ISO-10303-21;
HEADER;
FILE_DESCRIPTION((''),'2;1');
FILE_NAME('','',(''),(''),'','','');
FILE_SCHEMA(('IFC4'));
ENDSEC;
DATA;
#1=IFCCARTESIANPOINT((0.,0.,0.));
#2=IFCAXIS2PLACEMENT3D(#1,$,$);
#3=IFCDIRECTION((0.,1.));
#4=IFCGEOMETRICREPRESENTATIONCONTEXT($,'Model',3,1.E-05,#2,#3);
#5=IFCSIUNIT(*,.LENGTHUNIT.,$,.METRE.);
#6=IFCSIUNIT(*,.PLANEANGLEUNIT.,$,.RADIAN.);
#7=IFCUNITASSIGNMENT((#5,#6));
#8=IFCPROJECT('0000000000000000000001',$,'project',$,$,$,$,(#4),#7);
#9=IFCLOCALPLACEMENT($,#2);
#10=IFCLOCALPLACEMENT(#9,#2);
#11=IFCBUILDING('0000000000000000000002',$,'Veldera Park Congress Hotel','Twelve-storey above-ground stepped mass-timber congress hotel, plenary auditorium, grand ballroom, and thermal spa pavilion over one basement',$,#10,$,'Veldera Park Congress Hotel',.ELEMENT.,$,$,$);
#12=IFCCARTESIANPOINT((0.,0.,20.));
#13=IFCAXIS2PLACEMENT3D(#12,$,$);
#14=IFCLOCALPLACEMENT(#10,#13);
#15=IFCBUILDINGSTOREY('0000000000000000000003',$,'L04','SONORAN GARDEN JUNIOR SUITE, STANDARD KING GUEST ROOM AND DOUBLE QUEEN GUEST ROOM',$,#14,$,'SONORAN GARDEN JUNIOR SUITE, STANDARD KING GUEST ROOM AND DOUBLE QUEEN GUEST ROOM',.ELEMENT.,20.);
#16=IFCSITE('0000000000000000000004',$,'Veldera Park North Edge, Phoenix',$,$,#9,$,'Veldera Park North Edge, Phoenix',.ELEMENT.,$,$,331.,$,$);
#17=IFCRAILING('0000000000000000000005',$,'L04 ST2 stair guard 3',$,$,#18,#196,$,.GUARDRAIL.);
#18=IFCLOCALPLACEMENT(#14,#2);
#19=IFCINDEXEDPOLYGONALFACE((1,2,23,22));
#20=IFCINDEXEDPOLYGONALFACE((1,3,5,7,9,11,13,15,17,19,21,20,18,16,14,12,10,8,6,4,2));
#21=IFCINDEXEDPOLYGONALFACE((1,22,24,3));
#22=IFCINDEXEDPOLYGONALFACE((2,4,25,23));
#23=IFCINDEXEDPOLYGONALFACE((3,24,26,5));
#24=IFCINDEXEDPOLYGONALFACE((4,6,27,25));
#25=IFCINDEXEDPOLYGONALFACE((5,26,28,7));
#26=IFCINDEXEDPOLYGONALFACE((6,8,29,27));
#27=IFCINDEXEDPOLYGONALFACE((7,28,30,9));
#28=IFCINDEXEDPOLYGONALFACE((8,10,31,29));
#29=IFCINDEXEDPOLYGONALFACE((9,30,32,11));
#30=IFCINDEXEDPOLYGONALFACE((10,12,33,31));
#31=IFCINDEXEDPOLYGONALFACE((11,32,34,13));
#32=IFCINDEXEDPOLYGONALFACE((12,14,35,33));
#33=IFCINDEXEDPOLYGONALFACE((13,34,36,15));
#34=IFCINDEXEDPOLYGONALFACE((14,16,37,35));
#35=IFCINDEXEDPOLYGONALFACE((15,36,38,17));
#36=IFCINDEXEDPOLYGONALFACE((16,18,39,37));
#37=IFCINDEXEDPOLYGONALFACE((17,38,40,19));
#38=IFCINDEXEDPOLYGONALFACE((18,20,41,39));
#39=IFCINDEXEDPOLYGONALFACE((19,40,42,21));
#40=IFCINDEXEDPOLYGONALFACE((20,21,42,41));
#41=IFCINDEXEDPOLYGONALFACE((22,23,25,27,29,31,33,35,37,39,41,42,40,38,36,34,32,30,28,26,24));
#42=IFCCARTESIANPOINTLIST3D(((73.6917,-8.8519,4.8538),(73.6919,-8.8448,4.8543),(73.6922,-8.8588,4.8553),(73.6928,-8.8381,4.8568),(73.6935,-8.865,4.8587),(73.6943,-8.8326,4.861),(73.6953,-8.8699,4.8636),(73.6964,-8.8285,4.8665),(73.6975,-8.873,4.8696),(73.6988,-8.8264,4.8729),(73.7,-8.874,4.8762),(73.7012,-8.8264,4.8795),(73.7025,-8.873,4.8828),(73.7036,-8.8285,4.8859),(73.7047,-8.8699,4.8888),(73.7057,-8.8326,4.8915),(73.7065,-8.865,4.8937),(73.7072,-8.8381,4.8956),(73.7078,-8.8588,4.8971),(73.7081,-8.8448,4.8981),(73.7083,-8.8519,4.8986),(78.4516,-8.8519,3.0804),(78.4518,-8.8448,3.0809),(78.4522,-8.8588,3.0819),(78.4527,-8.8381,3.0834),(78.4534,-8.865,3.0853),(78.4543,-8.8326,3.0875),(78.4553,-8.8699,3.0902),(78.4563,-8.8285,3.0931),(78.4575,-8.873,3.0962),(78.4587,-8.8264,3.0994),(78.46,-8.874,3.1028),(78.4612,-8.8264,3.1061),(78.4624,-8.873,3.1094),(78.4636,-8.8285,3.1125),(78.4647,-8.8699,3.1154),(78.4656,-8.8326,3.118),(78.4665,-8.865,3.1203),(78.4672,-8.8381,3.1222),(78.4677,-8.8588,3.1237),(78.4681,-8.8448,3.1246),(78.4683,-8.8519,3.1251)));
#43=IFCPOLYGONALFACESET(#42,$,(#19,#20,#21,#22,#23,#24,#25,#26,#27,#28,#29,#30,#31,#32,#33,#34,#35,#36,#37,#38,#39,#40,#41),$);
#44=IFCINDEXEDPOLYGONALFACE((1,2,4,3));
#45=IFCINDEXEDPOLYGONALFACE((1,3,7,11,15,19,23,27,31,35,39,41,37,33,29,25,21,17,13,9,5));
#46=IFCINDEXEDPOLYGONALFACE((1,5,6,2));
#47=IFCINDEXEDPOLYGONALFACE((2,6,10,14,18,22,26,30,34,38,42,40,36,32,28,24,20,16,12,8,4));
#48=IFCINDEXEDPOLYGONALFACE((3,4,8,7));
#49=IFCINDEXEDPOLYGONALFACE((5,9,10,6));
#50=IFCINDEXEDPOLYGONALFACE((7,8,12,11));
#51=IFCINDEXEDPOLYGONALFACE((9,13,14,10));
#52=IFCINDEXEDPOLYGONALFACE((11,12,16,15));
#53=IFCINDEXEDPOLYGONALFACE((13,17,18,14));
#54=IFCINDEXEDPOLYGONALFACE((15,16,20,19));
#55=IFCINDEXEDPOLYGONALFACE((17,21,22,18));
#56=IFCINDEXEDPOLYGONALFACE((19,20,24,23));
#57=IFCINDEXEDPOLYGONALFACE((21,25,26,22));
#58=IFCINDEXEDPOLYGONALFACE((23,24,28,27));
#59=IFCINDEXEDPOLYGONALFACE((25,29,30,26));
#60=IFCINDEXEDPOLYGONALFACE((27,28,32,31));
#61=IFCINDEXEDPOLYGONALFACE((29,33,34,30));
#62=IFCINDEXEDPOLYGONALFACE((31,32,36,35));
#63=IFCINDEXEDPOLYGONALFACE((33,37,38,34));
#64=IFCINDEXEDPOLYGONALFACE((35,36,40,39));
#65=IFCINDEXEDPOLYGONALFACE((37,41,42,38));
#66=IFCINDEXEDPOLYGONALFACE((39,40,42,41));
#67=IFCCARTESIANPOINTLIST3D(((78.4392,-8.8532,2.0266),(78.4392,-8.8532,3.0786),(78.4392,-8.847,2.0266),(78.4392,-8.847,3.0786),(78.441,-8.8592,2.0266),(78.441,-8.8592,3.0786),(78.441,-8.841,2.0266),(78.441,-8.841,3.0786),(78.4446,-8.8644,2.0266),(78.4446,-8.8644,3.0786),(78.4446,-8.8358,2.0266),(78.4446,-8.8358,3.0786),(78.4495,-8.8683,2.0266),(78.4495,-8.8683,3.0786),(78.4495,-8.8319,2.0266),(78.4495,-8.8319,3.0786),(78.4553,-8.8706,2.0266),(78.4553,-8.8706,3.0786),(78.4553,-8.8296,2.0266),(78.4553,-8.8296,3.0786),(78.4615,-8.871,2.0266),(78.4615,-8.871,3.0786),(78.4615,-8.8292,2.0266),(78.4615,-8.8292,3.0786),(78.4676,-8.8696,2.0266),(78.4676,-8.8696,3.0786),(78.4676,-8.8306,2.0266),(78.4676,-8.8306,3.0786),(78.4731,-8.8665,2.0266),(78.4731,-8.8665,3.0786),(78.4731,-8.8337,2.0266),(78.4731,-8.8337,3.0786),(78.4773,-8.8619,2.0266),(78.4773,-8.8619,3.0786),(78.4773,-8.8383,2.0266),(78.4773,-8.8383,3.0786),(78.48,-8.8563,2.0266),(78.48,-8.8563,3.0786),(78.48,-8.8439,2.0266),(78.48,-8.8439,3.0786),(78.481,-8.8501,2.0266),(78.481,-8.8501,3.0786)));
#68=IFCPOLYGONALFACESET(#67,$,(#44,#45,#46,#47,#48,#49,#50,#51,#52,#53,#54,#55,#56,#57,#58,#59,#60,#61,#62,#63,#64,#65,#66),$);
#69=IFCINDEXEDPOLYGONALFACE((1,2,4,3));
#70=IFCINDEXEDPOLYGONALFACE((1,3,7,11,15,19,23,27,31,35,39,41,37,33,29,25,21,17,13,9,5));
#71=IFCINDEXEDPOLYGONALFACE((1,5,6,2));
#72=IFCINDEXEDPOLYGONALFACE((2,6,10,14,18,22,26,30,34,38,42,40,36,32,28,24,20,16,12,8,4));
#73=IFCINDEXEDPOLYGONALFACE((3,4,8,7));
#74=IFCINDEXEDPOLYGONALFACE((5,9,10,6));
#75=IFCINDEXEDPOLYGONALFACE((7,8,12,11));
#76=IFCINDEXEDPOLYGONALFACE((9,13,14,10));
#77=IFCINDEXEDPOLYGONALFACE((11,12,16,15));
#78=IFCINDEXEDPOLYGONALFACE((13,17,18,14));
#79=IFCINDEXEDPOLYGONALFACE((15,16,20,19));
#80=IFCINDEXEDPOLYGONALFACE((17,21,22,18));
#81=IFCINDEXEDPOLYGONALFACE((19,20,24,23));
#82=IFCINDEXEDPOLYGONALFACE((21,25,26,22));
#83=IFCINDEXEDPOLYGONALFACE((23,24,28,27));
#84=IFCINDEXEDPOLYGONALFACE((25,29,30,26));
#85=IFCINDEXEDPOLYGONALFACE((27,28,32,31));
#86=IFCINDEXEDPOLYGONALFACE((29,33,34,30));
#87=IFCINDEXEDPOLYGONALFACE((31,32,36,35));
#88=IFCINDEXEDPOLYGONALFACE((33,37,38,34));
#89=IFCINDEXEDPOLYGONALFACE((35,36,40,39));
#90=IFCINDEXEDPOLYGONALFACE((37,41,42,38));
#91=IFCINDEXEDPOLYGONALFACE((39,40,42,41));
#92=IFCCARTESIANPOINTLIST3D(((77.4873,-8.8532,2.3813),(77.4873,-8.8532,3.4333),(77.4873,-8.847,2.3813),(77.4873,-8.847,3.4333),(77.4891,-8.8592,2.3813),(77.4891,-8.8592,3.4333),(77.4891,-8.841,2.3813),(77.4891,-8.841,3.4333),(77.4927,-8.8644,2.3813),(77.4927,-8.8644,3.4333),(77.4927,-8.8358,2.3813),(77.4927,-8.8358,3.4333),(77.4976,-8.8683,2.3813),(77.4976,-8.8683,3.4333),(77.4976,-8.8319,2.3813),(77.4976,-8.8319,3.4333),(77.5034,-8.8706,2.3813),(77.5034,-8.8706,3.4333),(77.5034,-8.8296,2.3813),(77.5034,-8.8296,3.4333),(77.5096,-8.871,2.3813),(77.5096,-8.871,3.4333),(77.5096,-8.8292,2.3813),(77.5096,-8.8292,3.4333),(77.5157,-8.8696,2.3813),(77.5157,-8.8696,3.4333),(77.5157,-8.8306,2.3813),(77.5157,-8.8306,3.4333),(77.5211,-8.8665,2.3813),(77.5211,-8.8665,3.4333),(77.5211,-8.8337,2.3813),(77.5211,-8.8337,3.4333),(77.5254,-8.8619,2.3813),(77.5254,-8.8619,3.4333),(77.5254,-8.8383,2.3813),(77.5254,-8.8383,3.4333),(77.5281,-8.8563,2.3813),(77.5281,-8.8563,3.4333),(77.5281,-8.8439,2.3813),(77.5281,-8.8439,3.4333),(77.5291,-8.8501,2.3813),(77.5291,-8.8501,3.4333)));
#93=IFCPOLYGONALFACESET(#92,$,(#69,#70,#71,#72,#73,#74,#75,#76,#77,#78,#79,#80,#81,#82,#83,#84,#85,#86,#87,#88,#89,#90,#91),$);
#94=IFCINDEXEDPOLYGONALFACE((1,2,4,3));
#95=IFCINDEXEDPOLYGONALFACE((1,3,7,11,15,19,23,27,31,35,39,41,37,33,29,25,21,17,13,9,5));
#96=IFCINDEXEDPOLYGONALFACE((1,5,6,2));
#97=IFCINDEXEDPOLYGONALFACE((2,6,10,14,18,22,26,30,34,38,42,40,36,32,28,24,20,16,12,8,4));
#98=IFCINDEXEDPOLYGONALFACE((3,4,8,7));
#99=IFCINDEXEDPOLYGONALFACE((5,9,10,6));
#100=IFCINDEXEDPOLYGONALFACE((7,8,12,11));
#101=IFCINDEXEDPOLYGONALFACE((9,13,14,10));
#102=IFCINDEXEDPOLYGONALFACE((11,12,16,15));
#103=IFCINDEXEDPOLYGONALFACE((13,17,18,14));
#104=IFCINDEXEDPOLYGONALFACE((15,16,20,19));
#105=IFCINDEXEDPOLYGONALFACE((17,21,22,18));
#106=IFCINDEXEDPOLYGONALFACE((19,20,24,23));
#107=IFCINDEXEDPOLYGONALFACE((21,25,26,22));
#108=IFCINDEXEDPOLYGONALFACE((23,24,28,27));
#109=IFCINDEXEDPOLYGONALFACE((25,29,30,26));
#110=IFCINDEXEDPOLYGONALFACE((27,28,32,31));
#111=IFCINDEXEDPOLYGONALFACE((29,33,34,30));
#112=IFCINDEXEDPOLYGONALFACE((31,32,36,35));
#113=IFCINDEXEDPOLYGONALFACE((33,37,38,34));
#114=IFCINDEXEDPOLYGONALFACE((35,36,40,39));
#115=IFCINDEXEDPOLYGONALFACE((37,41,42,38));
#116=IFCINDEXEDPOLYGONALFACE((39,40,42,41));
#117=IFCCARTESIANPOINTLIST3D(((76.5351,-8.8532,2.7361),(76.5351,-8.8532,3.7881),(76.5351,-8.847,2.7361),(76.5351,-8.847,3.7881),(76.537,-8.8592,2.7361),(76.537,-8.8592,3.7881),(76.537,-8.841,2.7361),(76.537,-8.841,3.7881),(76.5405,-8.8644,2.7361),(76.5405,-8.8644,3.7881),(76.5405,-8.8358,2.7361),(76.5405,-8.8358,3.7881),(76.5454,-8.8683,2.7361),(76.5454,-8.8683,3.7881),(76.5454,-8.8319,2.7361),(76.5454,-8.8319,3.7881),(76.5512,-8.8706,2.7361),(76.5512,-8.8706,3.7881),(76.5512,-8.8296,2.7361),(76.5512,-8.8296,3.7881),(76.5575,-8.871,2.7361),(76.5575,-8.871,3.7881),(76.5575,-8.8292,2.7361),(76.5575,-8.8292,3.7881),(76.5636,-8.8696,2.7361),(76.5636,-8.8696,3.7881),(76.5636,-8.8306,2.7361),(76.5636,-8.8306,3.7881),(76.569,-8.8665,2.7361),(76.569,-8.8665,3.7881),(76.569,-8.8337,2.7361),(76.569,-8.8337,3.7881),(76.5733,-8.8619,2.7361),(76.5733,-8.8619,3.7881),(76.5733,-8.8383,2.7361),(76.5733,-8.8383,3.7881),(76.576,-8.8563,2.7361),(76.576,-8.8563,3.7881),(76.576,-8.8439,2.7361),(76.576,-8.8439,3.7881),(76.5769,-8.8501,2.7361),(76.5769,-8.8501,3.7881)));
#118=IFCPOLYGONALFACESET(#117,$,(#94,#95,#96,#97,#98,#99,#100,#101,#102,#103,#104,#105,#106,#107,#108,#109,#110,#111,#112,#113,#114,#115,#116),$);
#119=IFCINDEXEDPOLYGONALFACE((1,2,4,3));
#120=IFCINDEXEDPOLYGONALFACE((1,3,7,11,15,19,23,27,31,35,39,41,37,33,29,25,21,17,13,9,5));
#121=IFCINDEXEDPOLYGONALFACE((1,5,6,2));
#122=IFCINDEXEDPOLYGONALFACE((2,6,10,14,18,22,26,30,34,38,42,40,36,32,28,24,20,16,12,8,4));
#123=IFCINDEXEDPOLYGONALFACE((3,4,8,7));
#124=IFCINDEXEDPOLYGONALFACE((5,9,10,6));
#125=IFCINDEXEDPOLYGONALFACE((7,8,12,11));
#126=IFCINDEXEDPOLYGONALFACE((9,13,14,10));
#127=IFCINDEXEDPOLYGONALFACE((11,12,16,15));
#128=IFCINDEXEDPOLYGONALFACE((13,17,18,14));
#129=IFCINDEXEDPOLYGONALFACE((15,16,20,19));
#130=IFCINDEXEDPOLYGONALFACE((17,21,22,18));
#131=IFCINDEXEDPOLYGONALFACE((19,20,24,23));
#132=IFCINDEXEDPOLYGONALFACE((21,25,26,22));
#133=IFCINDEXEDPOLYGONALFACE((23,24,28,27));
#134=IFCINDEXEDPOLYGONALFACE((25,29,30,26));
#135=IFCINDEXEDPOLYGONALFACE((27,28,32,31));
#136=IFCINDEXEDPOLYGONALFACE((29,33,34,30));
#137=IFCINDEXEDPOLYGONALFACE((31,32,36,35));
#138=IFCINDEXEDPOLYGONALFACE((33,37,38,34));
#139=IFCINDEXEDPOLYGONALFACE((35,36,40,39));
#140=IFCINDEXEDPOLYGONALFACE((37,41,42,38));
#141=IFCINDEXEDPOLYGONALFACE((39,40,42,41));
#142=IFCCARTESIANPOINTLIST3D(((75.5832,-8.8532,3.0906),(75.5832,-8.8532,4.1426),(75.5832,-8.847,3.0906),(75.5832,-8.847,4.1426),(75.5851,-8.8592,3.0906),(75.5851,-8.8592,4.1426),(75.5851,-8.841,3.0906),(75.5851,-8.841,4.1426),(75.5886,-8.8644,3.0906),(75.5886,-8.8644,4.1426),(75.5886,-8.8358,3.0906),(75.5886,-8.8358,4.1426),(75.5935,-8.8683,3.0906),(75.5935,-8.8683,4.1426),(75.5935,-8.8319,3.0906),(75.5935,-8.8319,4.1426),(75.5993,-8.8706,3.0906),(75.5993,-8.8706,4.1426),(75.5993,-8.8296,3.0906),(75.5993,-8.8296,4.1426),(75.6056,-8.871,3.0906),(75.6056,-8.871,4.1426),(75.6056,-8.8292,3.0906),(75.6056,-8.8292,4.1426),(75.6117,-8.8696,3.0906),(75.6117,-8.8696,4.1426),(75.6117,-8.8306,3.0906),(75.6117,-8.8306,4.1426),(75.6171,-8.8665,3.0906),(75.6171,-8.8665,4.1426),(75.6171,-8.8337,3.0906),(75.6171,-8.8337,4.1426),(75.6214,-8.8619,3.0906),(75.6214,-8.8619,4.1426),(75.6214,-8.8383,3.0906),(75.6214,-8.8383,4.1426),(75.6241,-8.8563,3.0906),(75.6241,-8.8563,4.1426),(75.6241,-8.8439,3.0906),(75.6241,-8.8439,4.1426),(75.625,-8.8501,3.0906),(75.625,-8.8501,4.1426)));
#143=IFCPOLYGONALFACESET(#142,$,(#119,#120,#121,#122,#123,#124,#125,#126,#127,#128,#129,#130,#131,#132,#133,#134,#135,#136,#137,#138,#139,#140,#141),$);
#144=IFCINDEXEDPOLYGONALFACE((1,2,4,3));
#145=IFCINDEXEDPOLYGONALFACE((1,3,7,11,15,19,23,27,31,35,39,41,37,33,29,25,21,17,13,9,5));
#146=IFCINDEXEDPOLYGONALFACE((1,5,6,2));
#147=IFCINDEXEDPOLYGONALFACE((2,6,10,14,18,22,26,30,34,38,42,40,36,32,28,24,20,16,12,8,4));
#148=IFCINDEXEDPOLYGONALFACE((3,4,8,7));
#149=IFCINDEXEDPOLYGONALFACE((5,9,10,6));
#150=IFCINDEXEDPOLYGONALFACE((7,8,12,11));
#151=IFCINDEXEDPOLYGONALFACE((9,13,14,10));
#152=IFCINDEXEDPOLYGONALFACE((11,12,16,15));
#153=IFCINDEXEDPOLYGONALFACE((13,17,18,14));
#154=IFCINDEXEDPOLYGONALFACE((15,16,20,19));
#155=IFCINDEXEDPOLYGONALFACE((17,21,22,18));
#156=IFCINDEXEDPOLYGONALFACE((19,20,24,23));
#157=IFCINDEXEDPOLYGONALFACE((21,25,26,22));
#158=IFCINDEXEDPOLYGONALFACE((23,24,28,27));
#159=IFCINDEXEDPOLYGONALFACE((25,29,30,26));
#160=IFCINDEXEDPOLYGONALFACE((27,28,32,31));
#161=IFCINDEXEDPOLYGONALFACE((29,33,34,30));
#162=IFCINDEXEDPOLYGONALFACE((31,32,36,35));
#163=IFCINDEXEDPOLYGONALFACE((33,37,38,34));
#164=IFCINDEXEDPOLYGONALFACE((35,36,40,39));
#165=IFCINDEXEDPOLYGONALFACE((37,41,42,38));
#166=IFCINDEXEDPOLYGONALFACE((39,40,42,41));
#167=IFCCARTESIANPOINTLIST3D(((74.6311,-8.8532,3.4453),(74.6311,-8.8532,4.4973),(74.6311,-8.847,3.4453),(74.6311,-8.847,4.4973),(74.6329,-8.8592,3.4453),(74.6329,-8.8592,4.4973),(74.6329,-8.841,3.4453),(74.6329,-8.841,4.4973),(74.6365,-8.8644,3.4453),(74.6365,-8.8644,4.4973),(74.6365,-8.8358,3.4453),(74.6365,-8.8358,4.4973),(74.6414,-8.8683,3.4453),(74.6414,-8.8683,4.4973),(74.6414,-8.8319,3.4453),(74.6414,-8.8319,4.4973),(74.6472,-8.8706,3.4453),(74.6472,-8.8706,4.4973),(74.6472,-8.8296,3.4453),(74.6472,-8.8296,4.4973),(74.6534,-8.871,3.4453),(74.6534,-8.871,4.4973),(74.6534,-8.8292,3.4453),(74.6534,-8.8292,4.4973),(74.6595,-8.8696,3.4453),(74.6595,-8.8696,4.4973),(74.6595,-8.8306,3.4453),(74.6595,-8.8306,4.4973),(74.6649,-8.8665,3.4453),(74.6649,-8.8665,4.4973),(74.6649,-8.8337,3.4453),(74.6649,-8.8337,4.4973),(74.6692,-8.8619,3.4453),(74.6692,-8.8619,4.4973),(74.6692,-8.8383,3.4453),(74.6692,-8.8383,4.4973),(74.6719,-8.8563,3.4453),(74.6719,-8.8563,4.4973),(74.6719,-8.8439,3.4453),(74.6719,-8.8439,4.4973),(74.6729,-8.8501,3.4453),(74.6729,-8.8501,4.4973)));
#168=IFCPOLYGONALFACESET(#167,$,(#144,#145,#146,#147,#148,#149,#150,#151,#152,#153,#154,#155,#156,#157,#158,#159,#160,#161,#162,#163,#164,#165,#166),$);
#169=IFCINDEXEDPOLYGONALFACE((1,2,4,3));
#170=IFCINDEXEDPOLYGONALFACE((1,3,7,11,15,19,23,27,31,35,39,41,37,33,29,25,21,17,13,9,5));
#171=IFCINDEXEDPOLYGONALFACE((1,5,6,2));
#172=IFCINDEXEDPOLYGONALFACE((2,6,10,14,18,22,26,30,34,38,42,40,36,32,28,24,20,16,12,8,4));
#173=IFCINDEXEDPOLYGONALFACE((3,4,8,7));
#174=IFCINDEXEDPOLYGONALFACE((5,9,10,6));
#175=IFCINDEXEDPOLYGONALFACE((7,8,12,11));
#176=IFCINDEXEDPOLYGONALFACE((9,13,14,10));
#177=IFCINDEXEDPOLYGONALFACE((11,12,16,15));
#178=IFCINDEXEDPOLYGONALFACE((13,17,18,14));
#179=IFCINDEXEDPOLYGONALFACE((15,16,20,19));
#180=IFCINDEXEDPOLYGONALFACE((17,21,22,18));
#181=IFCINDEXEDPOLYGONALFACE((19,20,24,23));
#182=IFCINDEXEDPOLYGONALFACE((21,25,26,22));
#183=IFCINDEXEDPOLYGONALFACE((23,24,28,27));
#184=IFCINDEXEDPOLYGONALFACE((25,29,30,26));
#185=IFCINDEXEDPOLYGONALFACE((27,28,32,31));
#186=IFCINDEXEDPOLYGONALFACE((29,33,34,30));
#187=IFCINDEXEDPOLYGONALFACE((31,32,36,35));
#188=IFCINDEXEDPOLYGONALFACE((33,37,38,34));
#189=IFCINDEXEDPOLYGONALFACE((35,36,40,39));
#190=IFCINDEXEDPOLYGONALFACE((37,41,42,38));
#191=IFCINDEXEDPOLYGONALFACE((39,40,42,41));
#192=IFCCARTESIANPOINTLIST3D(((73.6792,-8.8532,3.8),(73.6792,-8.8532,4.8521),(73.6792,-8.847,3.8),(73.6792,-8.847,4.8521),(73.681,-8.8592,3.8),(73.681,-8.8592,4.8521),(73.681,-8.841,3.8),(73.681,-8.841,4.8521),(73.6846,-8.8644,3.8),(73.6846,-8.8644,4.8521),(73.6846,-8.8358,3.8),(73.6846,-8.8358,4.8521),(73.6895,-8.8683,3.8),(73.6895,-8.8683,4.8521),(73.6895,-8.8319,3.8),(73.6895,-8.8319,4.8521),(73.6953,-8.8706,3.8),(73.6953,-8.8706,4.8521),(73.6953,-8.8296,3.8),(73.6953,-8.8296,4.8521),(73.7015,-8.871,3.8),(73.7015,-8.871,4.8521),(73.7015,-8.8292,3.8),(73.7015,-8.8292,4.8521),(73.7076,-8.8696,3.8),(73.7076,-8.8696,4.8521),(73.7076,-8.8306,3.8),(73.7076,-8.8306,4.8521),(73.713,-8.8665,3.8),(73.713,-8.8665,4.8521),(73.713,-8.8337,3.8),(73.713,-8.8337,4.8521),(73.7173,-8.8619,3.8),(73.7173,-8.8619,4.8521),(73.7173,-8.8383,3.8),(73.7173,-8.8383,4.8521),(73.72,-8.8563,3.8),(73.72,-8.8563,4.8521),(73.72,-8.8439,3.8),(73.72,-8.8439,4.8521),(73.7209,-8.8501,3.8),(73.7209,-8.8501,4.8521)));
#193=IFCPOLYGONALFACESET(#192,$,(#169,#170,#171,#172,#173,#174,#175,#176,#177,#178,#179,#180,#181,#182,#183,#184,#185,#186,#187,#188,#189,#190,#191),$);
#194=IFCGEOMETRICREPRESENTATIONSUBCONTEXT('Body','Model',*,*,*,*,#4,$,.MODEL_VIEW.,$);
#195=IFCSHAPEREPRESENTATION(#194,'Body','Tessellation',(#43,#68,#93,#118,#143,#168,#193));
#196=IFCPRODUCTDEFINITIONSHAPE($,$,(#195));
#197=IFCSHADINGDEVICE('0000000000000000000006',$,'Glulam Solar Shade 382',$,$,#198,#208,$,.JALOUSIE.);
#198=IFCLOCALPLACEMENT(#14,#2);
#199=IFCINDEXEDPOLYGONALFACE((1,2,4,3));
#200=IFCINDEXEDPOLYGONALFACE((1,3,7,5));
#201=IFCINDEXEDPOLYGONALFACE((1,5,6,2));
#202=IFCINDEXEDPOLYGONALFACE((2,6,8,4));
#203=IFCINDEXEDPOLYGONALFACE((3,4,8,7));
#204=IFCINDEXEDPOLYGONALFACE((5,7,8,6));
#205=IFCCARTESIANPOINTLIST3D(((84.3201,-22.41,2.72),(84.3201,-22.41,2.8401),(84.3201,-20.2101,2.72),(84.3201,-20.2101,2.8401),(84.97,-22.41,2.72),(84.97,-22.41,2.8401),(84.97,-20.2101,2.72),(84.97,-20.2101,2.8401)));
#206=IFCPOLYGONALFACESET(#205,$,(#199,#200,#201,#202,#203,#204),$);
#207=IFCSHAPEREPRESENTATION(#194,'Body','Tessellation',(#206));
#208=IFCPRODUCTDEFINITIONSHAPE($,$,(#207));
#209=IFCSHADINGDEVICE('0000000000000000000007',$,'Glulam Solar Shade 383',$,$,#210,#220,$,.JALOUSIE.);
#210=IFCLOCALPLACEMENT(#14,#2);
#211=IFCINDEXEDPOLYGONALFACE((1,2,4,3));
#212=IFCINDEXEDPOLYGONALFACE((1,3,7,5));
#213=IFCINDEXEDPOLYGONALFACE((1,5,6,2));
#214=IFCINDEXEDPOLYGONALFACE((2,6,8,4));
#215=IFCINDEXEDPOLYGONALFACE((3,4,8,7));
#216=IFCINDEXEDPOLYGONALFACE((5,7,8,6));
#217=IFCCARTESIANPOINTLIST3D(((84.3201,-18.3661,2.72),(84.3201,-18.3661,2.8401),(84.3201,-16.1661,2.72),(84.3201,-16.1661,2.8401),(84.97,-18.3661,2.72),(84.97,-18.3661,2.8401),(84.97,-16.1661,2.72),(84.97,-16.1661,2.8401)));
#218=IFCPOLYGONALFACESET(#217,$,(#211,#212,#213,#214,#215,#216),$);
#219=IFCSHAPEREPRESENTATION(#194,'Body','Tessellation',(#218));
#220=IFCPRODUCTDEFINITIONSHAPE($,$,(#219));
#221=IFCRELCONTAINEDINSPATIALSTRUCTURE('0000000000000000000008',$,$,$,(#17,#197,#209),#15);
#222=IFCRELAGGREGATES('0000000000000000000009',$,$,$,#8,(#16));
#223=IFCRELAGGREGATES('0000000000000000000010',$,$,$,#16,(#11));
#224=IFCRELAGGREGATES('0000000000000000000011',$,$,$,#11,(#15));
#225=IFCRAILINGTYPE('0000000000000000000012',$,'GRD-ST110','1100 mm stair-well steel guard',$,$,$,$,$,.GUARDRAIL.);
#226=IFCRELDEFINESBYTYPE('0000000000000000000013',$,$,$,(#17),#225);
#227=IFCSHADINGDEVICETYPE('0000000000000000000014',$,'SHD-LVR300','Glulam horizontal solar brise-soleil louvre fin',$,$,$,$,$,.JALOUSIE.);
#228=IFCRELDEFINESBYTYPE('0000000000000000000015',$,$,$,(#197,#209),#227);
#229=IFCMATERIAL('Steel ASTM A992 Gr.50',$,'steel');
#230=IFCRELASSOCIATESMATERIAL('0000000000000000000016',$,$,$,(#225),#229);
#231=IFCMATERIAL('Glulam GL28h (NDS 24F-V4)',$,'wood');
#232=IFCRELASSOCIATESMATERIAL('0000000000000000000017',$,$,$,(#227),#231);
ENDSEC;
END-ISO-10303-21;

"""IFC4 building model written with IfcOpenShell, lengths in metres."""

from ifc_helpers import new_model, si_unit, direction, frame, origin, origin_2d, place, context, subcontext, project, spatial, rectangle, circle, extrude, material, type_object, element, save


model = new_model("IFC4")

# Units and contexts
model_context = context("Model", 3, precision=1e-05, world=origin(), true_north=direction((0.0, 1.0)))
body_context = subcontext(model_context, "Body", "Model", "MODEL_VIEW")
ifc_project = project(units=[si_unit("LENGTHUNIT", "METRE"), si_unit("PLANEANGLEUNIT", "RADIAN")], contexts=[model_context])

# Site, building, storey
site_placement = place(None, origin())
site = spatial("IfcSite", under=ifc_project, at=site_placement, Name="Veldera Park North Edge, Phoenix", LongName="Veldera Park North Edge, Phoenix", CompositionType="ELEMENT", RefElevation=331.0)
building_placement = place(site_placement, origin())
building = spatial("IfcBuilding", under=site, at=building_placement, Name="Veldera Park Congress Hotel", Description="Twelve-storey above-ground stepped mass-timber congress hotel, plenary auditorium, grand ballroom, and thermal spa pavilion over one basement", LongName="Veldera Park Congress Hotel", CompositionType="ELEMENT")
storey_placement = place(building_placement, frame((0.0, 0.0, 20.0)))
storey = spatial("IfcBuildingStorey", under=building, at=storey_placement, Name="L04", Description="SONORAN GARDEN JUNIOR SUITE, STANDARD KING GUEST ROOM AND DOUBLE QUEEN GUEST ROOM", LongName="SONORAN GARDEN JUNIOR SUITE, STANDARD KING GUEST ROOM AND DOUBLE QUEEN GUEST ROOM", CompositionType="ELEMENT", Elevation=20.0)

# Shared definitions
ifc_material_1 = material(Name="Glulam GL28h (NDS 24F-V4)", Category="wood")

# Railing
ifc_material_2 = material(Name="Steel ASTM A992 Gr.50", Category="steel")
railing_type = type_object("IfcRailingType", Name="GRD-ST110", Description="1100 mm stair-well steel guard", PredefinedType="GUARDRAIL", material=ifc_material_2)
railing_1_placement = place(storey_placement, frame((78.46, -8.8501, 2.0266)))
element("IfcRailing", 1, at=railing_1_placement, inside=storey, type_object=railing_type, Name="L04 ST2 stair guard 3", PredefinedType="GUARDRAIL", context=body_context, shape_type="SweptSolid", body=[
    extrude(circle(Radius=0.0239, at=origin_2d()), frame((0.0, 0.0, 1.0762), z_axis=(-0.937076, 0.0, 0.349126), x_axis=(0.0, -1.0, 0.0)), (0.0, 0.0, 1.0), 5.0796),
    extrude(circle(Radius=0.021, at=origin_2d()), origin(), (0.0, 0.0, 1.0), 1.052),
    extrude(circle(Radius=0.021, at=origin_2d()), frame((-0.9519, 0.0, 0.3547)), (0.0, 0.0, 1.0), 1.052),
    extrude(circle(Radius=0.021, at=origin_2d()), frame((-1.9041, 0.0, 0.7095)), (0.0, 0.0, 1.0), 1.052),
    extrude(circle(Radius=0.021, at=origin_2d()), frame((-2.856, 0.0, 1.064)), (0.0, 0.0, 1.0), 1.052),
    extrude(circle(Radius=0.021, at=origin_2d()), frame((-3.8081, 0.0, 1.4187)), (0.0, 0.0, 1.0), 1.052),
    extrude(circle(Radius=0.021, at=origin_2d()), frame((-4.76, 0.0, 1.7734)), (0.0, 0.0, 1.0), 1.052),
])

# Shading devices
shading_device_type = type_object("IfcShadingDeviceType", Name="SHD-LVR300", Description="Glulam horizontal solar brise-soleil louvre fin", PredefinedType="JALOUSIE", material=ifc_material_1)
for number, where, z_axis, x_axis, name in (
    (2, (84.645, -21.3101, 2.72), (0.0, 0.0, 1.0), (0.0, 1.0, 0.0), "Glulam Solar Shade 382"),
    (3, (84.645, -17.2661, 2.72), (0.0, 0.0, 1.0), (0.0, 1.0, 0.0), "Glulam Solar Shade 383"),
):
    element("IfcShadingDevice", number, at=place(storey_placement, frame(where, z_axis=z_axis, x_axis=x_axis)), inside=storey, type_object=shading_device_type, Name=name, PredefinedType="JALOUSIE", context=body_context, shape_type="SweptSolid", body=[
        extrude(rectangle(XDim=2.2, YDim=0.6499, at=origin_2d()), origin(), (0.0, 0.0, 1.0), 0.1201),
    ])

save(model, "model.ifc")
